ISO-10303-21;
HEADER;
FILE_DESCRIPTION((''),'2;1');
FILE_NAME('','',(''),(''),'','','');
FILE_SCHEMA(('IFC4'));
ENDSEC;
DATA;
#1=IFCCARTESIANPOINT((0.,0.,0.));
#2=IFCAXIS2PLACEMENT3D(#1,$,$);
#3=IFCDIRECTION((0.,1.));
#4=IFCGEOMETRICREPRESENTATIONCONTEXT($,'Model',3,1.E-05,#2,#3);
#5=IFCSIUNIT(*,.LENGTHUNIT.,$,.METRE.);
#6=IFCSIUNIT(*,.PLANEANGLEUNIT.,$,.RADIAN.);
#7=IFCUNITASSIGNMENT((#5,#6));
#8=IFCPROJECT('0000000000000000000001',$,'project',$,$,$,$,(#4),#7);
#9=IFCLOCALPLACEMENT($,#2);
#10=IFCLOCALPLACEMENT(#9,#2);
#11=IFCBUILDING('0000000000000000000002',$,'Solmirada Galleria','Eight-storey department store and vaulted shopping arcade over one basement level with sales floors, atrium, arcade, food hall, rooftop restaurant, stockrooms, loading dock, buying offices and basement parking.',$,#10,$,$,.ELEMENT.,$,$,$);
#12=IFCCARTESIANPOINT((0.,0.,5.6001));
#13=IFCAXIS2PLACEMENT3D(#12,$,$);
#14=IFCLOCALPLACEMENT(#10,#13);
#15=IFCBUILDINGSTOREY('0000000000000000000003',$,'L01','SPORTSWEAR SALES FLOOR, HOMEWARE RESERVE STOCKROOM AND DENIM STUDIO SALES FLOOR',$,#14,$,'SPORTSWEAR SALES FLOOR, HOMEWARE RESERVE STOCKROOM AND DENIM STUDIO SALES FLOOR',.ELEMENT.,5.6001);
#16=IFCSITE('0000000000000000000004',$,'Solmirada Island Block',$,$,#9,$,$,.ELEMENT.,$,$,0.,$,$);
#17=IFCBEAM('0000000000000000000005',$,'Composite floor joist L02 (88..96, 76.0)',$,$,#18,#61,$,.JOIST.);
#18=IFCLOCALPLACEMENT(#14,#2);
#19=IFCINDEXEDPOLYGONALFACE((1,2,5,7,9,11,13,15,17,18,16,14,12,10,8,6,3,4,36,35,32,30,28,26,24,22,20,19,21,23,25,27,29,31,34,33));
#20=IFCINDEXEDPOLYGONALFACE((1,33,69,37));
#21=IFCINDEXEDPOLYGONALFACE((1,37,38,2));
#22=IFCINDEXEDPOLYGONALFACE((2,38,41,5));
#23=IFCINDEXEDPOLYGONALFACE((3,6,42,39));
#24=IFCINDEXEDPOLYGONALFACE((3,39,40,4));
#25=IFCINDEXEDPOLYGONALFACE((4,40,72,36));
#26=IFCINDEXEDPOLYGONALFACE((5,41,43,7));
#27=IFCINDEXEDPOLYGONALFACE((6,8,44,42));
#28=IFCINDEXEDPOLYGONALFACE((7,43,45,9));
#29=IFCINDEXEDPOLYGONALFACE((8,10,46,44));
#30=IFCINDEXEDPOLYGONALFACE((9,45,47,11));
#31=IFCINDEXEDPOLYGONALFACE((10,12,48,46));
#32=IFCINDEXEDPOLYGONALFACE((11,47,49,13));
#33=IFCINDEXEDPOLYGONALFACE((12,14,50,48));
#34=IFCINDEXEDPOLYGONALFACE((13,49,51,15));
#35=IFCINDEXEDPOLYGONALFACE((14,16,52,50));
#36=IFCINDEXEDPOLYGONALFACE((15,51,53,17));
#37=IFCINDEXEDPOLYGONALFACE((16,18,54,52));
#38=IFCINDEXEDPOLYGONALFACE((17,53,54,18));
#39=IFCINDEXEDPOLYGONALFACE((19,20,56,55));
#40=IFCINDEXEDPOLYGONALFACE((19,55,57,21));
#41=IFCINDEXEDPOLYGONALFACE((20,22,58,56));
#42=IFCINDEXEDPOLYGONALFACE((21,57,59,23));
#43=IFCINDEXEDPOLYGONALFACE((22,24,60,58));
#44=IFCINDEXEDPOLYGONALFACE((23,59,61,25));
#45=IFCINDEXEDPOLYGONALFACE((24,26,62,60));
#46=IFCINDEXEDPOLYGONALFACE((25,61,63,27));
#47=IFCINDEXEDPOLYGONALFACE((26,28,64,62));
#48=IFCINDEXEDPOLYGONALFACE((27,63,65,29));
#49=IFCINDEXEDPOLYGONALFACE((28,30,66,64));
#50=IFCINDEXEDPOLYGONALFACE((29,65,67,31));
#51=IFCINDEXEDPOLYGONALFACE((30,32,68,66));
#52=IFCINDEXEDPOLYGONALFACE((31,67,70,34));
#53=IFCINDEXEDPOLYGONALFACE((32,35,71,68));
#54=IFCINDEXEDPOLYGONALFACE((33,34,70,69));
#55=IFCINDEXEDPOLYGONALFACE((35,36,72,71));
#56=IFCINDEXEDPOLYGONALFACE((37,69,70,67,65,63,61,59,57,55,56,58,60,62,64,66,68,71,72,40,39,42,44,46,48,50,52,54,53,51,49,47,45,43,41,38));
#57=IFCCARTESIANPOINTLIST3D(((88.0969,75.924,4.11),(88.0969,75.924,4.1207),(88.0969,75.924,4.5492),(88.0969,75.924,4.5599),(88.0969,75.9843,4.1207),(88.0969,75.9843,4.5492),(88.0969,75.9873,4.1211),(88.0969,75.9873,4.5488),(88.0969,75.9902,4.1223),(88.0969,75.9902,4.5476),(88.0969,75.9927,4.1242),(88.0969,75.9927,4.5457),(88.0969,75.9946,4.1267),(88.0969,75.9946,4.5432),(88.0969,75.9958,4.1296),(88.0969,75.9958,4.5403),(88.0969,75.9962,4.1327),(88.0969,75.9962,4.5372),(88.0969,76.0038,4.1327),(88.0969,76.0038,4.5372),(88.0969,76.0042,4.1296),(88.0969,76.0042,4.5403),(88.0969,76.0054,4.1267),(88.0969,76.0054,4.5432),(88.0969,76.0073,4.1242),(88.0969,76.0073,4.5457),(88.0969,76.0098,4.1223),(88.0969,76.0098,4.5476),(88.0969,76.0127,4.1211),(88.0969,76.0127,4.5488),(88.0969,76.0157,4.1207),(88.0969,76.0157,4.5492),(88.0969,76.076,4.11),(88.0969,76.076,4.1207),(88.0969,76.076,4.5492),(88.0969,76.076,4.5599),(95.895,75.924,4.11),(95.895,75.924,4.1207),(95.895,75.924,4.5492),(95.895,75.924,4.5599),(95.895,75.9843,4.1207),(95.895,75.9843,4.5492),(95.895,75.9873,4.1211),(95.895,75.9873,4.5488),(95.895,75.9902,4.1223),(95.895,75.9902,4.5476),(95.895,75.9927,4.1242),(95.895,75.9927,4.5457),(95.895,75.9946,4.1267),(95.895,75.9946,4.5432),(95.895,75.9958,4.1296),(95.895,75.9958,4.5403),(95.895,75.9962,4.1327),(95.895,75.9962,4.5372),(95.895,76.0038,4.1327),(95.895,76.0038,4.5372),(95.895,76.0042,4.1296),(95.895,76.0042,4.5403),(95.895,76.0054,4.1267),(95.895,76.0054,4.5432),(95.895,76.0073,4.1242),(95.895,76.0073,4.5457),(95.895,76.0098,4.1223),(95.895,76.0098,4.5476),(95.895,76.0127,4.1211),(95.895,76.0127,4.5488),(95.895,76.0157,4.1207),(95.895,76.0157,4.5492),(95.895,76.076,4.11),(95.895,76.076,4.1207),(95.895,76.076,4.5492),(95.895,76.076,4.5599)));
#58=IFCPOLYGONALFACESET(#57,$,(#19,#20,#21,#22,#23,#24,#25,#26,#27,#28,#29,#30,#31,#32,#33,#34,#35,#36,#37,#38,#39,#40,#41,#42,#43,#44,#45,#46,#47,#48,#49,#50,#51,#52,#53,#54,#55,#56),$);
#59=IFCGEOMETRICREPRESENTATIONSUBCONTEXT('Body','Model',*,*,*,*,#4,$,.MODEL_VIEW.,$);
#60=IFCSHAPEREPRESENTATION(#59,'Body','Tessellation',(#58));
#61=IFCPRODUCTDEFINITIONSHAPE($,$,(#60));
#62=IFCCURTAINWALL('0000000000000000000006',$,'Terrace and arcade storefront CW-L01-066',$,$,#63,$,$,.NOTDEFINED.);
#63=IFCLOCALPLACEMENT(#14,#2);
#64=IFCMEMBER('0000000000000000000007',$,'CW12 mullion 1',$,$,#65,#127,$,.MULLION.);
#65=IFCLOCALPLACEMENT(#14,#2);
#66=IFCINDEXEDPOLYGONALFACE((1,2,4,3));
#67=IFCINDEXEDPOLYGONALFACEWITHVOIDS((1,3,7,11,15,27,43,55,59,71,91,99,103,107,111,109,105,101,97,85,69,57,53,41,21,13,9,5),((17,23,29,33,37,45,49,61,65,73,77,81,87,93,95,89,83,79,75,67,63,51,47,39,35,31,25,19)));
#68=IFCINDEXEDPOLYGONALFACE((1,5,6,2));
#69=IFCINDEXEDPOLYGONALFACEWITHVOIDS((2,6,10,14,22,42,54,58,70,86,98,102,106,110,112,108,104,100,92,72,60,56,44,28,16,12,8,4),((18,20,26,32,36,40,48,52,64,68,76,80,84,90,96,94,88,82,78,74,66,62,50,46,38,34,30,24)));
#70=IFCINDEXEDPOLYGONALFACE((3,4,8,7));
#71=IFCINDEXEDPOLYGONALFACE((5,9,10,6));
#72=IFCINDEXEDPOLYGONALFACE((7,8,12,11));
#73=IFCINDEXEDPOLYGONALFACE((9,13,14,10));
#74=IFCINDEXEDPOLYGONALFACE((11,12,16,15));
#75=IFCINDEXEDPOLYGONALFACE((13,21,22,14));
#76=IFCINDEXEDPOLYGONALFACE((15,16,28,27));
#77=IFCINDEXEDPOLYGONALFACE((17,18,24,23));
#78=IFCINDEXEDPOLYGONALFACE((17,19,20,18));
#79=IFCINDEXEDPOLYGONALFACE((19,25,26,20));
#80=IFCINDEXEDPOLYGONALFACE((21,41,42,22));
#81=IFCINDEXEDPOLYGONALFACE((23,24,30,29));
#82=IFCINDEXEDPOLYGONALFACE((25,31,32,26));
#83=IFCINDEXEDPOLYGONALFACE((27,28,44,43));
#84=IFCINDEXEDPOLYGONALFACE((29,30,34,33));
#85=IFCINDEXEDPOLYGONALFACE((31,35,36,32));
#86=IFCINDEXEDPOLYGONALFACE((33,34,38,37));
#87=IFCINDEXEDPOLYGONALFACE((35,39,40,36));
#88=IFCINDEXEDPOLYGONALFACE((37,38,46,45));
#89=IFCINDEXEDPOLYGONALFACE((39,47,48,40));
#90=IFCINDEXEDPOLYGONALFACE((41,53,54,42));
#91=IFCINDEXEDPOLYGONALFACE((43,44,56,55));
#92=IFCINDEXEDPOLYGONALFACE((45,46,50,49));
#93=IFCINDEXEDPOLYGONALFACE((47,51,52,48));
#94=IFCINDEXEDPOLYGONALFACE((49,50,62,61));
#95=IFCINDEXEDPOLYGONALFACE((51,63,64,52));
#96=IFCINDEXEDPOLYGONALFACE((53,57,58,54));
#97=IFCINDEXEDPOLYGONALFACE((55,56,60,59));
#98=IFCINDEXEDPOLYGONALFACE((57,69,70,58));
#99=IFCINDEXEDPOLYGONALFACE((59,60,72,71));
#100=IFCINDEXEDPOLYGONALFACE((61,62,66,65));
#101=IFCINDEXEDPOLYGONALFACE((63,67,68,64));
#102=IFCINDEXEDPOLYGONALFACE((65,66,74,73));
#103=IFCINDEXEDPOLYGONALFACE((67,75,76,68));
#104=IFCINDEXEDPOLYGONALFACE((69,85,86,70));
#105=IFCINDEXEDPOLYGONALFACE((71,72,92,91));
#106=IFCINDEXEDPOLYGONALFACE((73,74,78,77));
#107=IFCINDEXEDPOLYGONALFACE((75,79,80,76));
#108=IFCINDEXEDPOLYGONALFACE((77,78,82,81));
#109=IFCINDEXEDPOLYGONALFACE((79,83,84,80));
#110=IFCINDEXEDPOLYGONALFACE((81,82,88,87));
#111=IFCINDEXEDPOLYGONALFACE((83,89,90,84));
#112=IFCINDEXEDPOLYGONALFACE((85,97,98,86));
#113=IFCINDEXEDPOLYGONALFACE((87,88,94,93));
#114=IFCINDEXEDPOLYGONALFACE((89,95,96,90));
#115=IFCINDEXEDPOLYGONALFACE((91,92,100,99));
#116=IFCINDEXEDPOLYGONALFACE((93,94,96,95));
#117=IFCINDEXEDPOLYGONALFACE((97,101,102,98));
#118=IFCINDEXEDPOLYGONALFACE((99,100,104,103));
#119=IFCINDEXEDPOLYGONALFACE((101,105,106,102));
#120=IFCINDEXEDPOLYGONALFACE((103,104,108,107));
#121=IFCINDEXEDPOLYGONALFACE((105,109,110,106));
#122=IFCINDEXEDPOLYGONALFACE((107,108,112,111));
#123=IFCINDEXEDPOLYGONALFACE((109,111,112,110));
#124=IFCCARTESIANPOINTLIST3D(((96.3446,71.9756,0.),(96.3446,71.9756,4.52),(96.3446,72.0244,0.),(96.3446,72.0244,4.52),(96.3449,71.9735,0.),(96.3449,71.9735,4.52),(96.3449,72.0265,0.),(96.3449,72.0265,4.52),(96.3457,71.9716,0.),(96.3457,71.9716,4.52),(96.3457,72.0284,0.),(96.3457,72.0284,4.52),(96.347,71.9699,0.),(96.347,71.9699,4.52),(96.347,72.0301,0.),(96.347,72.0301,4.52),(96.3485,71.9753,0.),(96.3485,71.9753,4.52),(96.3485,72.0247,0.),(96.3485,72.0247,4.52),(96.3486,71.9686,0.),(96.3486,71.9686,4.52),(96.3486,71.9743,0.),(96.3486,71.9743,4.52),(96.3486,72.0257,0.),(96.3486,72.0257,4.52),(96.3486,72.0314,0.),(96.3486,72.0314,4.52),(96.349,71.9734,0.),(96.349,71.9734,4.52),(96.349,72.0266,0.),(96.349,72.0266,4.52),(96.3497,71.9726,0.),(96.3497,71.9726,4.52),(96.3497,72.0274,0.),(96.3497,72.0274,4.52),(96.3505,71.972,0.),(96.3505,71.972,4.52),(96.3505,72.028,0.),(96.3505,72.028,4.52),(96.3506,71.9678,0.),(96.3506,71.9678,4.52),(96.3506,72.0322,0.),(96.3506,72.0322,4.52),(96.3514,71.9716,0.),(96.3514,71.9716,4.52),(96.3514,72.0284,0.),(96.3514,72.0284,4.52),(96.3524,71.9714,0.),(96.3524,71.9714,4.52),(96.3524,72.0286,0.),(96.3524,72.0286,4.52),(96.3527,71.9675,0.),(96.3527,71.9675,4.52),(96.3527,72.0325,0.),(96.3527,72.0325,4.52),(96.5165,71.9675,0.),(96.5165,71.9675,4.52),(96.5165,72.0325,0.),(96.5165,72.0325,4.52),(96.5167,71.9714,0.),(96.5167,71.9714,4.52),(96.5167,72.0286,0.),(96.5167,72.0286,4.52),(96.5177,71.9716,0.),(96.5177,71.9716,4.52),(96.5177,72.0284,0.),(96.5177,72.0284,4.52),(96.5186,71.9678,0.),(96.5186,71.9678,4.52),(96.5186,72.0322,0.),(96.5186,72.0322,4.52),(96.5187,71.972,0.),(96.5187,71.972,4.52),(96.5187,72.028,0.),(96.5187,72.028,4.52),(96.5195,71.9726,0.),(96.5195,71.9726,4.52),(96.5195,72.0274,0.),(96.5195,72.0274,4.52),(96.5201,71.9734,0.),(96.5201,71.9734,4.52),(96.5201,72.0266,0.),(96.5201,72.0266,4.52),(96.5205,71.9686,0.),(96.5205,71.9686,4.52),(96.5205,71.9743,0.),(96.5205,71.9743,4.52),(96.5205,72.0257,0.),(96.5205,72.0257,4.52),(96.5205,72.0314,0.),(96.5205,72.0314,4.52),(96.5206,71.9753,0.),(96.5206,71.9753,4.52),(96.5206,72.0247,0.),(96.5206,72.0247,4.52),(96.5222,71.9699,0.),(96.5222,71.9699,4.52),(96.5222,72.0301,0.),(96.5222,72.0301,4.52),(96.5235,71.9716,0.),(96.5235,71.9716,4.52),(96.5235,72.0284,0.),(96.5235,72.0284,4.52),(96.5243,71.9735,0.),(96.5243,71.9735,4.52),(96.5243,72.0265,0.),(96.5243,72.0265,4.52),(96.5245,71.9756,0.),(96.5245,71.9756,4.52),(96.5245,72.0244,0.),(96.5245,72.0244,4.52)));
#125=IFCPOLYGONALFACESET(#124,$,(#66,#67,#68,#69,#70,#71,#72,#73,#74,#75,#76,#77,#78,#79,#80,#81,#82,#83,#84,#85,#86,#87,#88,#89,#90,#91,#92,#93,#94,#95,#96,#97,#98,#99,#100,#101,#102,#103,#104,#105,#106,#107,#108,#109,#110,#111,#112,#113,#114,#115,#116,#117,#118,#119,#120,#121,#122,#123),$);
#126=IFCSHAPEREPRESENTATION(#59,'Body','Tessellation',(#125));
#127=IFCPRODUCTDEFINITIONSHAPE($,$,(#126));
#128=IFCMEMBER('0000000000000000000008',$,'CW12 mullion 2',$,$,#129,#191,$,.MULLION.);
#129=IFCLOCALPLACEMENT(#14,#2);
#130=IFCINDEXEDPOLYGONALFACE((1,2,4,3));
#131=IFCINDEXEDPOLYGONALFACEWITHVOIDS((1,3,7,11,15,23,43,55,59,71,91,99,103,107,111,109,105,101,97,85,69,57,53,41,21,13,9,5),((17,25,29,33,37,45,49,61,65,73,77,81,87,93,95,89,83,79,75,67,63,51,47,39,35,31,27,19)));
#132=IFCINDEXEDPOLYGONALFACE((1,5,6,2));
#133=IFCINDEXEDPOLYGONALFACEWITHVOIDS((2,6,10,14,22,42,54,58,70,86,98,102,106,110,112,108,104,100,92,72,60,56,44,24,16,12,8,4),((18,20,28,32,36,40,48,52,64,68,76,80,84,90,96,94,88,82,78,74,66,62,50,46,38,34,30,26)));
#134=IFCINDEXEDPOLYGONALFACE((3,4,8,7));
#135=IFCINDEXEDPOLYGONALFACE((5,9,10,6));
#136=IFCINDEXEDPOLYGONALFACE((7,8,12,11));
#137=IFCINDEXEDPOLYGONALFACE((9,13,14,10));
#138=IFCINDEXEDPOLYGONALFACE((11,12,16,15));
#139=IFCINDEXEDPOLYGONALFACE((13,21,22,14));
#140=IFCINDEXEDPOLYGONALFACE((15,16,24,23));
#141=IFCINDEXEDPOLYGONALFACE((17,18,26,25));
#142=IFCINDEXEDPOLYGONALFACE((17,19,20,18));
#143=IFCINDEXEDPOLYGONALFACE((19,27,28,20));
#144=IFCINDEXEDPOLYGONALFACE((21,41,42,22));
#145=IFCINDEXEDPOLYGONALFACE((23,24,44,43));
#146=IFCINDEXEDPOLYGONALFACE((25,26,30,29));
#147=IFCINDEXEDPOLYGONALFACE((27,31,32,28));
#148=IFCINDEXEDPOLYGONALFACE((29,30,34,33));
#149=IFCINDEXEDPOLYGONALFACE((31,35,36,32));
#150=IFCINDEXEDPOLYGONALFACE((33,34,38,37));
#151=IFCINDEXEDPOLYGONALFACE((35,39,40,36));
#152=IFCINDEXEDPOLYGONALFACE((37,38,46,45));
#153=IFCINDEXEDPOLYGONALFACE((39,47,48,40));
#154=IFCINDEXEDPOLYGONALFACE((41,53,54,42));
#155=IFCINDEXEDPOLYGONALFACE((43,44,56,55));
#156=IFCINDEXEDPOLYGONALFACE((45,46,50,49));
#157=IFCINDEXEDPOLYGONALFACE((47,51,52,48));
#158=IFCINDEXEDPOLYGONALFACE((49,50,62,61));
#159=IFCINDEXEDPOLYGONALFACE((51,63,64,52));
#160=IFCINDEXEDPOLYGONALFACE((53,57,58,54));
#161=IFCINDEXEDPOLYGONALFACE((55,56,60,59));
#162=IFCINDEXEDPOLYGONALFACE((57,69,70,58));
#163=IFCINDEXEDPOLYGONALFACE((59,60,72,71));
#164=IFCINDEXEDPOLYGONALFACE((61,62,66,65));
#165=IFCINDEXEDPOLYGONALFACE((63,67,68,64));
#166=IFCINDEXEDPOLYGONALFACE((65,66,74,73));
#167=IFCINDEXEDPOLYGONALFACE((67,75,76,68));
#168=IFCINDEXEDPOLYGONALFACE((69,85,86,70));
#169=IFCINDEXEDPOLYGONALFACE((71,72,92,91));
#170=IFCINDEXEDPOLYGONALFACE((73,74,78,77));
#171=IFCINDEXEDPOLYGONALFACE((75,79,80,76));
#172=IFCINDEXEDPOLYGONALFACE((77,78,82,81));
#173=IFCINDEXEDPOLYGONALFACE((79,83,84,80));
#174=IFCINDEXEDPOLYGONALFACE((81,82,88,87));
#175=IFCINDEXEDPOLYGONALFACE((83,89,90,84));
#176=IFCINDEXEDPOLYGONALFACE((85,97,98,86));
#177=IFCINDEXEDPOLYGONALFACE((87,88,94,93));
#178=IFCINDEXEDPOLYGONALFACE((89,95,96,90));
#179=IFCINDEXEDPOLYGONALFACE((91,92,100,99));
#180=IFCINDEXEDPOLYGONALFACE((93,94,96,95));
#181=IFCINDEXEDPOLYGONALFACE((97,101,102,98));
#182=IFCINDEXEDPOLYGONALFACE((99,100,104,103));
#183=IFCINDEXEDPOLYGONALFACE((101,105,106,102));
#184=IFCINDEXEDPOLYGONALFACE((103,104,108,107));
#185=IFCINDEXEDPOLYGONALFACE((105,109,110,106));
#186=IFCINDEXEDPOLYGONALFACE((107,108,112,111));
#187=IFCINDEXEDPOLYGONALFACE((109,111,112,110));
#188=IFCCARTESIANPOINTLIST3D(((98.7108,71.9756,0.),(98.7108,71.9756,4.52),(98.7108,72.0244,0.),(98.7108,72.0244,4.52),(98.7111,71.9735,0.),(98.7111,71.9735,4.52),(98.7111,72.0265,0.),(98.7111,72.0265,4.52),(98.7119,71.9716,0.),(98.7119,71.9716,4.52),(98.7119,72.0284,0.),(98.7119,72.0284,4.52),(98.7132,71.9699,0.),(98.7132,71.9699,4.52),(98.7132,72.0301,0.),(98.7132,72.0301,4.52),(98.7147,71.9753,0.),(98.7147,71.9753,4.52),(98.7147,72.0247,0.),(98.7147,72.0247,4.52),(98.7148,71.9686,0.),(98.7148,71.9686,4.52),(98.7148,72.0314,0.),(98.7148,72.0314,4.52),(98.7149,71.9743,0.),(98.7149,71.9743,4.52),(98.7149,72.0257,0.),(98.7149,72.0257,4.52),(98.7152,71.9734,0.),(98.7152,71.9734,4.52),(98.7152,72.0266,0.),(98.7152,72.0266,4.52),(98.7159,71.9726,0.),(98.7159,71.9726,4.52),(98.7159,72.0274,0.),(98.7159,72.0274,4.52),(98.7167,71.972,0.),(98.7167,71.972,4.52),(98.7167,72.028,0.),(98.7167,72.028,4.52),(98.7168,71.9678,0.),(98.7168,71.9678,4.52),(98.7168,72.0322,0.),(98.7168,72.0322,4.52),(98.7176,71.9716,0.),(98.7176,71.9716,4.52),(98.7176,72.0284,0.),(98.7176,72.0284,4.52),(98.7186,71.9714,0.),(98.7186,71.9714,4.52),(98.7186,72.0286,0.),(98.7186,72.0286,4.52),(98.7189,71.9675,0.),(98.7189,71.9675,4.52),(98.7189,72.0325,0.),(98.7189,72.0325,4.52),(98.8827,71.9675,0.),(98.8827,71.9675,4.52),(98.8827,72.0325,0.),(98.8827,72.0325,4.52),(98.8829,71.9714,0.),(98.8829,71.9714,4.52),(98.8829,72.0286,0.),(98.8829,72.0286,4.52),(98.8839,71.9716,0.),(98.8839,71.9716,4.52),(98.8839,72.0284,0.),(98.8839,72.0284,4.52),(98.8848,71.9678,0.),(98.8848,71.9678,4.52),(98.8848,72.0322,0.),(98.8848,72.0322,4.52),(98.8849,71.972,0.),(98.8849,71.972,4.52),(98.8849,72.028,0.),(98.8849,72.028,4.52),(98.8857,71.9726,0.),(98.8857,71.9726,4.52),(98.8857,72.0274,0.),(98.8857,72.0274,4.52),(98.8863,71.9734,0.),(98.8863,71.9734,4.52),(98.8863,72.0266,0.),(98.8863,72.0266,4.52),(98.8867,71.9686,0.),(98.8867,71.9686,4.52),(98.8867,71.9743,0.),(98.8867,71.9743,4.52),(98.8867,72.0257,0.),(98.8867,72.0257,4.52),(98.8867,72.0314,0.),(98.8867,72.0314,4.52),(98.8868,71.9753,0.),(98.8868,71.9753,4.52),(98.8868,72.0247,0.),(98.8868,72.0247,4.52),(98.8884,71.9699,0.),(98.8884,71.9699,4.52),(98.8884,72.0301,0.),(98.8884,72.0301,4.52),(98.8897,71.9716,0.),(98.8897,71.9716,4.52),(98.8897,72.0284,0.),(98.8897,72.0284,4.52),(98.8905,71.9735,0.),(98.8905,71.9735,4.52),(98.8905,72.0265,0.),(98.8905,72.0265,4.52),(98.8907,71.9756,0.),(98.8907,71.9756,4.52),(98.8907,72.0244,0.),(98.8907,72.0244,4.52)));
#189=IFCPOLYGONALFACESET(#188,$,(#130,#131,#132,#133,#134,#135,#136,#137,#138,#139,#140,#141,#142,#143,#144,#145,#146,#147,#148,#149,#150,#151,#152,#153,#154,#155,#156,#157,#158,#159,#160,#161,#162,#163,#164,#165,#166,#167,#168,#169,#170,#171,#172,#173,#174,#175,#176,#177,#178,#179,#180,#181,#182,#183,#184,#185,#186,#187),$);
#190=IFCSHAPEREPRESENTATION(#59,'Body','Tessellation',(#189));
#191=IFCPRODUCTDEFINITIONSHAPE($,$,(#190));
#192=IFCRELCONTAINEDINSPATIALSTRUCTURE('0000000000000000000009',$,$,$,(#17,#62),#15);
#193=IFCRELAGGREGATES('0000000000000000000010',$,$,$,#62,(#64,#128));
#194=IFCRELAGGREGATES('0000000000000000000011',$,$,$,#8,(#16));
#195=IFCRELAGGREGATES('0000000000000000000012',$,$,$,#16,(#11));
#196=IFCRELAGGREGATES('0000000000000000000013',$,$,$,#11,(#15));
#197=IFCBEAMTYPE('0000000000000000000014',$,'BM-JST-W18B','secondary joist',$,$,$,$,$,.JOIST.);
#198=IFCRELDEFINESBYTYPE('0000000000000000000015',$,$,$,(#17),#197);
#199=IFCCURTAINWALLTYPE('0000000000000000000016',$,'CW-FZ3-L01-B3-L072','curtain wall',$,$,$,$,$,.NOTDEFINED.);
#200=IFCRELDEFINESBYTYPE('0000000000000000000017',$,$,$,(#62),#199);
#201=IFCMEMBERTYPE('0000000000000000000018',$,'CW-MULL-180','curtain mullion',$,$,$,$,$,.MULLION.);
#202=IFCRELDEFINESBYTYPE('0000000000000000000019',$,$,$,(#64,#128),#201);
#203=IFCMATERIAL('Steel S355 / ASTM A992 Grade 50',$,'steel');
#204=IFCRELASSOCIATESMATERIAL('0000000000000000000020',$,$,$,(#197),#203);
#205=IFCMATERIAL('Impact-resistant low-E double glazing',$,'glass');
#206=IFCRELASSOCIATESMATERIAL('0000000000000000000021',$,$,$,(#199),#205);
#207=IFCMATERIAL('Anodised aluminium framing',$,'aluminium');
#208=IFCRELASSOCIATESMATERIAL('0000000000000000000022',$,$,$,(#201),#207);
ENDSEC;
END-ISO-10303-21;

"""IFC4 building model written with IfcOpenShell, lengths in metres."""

from ifc_helpers import new_model, si_unit, direction, frame, origin, origin_2d, place, context, subcontext, project, spatial, hollow_rectangle, i_section, extrude, material, material_profile, profile_set, type_object, element, aggregate, save


model = new_model("IFC4")

# Units and contexts
model_context = context("Model", 3, precision=1e-05, world=origin(), true_north=direction((0.0, 1.0)))
body_context = subcontext(model_context, "Body", "Model", "MODEL_VIEW")
ifc_project = project(units=[si_unit("LENGTHUNIT", "METRE"), si_unit("PLANEANGLEUNIT", "RADIAN")], contexts=[model_context])

# Site, building, storey
site_placement = place(None, origin())
site = spatial("IfcSite", under=ifc_project, at=site_placement, Name="Solmirada Island Block", CompositionType="ELEMENT", RefElevation=0.0)
building_placement = place(site_placement, origin())
building = spatial("IfcBuilding", under=site, at=building_placement, Name="Solmirada Galleria", Description="Eight-storey department store and vaulted shopping arcade over one basement level with sales floors, atrium, arcade, food hall, rooftop restaurant, stockrooms, loading dock, buying offices and basement parking.", CompositionType="ELEMENT")
storey_placement = place(building_placement, frame((0.0, 0.0, 5.6001)))
storey = spatial("IfcBuildingStorey", under=building, at=storey_placement, Name="L01", Description="SPORTSWEAR SALES FLOOR, HOMEWARE RESERVE STOCKROOM AND DENIM STUDIO SALES FLOOR", LongName="SPORTSWEAR SALES FLOOR, HOMEWARE RESERVE STOCKROOM AND DENIM STUDIO SALES FLOOR", CompositionType="ELEMENT", Elevation=5.6001)

# Beam
ifc_material_1 = material(Name="Steel S355 / ASTM A992 Grade 50", Category="steel")
ifc_material_profile_1 = material_profile(ifc_material_1, i_section(OverallWidth=0.1521, OverallDepth=0.45, WebThickness=0.0076, FlangeThickness=0.0107, FilletRadius=0.012, at=origin_2d()), Name="W18X35")
ifc_profile_set_1 = profile_set([ifc_material_profile_1], Name="Steel S355 / ASTM A992 Grade 50")
beam_type_1 = type_object("IfcBeamType", Name="BM-JST-W18B", Description="secondary joist", PredefinedType="JOIST", material=ifc_profile_set_1)
beam_1_placement = place(storey_placement, frame((88.0969, 76.0, 4.335), z_axis=(1.0, 0.0, 0.0), x_axis=(0.0, 1.0, 0.0)))
element("IfcBeam", 1, at=beam_1_placement, inside=storey, type_object=beam_type_1, Name="Composite floor joist L02 (88..96, 76.0)", PredefinedType="JOIST", context=body_context, shape_type="SweptSolid", body=[
    extrude(i_section(OverallWidth=0.1521, OverallDepth=0.45, WebThickness=0.0076, FlangeThickness=0.0107, FilletRadius=0.012, at=origin_2d()), origin(), (0.0, 0.0, 1.0), 7.7981),
])

# Curtain wall, members
ifc_material_2 = material(Name="Impact-resistant low-E double glazing", Category="glass")
curtain_wall_type = type_object("IfcCurtainWallType", Name="CW-FZ3-L01-B3-L072", Description="curtain wall", PredefinedType="NOTDEFINED", material=ifc_material_2)
curtain_wall_placement = place(storey_placement, origin())
curtain_wall = element("IfcCurtainWall", 2, at=curtain_wall_placement, inside=storey, type_object=curtain_wall_type, Name="Terrace and arcade storefront CW-L01-066", PredefinedType="NOTDEFINED")
ifc_material_3 = material(Name="Anodised aluminium framing", Category="aluminium")
ifc_material_profile_2 = material_profile(ifc_material_3, hollow_rectangle(XDim=0.0649, YDim=0.1799, WallThickness=0.0039, InnerFilletRadius=0.0039, OuterFilletRadius=0.0081, at=origin_2d()), Name="ALU-MULL-180X65")
ifc_profile_set_2 = profile_set([ifc_material_profile_2], Name="Anodised aluminium framing")
member_type_1 = type_object("IfcMemberType", Name="CW-MULL-180", Description="curtain mullion", PredefinedType="MULLION", material=ifc_profile_set_2)
member_1_placement = place(storey_placement, frame((96.4346, 72.0, 0.0), z_axis=(0.0, 0.0, 1.0), x_axis=(0.0, 1.0, 0.0)))
member_1 = element("IfcMember", 3, at=member_1_placement, type_object=member_type_1, Name="CW12 mullion 1", PredefinedType="MULLION", context=body_context, shape_type="SweptSolid", body=[
    extrude(hollow_rectangle(XDim=0.0649, YDim=0.1799, WallThickness=0.0039, InnerFilletRadius=0.0039, OuterFilletRadius=0.0081, at=origin_2d()), origin(), (0.0, 0.0, 1.0), 4.52),
])
member_2_placement = place(storey_placement, frame((98.8008, 72.0, 0.0), z_axis=(0.0, 0.0, 1.0), x_axis=(0.0, 1.0, 0.0)))
member_2 = element("IfcMember", 4, at=member_2_placement, type_object=member_type_1, Name="CW12 mullion 2", PredefinedType="MULLION", context=body_context, shape_type="SweptSolid", body=[
    extrude(hollow_rectangle(XDim=0.0649, YDim=0.1799, WallThickness=0.0039, InnerFilletRadius=0.0039, OuterFilletRadius=0.0081, at=origin_2d()), origin(), (0.0, 0.0, 1.0), 4.52),
])
aggregate(curtain_wall, [member_1, member_2])

save(model, "model.ifc")
